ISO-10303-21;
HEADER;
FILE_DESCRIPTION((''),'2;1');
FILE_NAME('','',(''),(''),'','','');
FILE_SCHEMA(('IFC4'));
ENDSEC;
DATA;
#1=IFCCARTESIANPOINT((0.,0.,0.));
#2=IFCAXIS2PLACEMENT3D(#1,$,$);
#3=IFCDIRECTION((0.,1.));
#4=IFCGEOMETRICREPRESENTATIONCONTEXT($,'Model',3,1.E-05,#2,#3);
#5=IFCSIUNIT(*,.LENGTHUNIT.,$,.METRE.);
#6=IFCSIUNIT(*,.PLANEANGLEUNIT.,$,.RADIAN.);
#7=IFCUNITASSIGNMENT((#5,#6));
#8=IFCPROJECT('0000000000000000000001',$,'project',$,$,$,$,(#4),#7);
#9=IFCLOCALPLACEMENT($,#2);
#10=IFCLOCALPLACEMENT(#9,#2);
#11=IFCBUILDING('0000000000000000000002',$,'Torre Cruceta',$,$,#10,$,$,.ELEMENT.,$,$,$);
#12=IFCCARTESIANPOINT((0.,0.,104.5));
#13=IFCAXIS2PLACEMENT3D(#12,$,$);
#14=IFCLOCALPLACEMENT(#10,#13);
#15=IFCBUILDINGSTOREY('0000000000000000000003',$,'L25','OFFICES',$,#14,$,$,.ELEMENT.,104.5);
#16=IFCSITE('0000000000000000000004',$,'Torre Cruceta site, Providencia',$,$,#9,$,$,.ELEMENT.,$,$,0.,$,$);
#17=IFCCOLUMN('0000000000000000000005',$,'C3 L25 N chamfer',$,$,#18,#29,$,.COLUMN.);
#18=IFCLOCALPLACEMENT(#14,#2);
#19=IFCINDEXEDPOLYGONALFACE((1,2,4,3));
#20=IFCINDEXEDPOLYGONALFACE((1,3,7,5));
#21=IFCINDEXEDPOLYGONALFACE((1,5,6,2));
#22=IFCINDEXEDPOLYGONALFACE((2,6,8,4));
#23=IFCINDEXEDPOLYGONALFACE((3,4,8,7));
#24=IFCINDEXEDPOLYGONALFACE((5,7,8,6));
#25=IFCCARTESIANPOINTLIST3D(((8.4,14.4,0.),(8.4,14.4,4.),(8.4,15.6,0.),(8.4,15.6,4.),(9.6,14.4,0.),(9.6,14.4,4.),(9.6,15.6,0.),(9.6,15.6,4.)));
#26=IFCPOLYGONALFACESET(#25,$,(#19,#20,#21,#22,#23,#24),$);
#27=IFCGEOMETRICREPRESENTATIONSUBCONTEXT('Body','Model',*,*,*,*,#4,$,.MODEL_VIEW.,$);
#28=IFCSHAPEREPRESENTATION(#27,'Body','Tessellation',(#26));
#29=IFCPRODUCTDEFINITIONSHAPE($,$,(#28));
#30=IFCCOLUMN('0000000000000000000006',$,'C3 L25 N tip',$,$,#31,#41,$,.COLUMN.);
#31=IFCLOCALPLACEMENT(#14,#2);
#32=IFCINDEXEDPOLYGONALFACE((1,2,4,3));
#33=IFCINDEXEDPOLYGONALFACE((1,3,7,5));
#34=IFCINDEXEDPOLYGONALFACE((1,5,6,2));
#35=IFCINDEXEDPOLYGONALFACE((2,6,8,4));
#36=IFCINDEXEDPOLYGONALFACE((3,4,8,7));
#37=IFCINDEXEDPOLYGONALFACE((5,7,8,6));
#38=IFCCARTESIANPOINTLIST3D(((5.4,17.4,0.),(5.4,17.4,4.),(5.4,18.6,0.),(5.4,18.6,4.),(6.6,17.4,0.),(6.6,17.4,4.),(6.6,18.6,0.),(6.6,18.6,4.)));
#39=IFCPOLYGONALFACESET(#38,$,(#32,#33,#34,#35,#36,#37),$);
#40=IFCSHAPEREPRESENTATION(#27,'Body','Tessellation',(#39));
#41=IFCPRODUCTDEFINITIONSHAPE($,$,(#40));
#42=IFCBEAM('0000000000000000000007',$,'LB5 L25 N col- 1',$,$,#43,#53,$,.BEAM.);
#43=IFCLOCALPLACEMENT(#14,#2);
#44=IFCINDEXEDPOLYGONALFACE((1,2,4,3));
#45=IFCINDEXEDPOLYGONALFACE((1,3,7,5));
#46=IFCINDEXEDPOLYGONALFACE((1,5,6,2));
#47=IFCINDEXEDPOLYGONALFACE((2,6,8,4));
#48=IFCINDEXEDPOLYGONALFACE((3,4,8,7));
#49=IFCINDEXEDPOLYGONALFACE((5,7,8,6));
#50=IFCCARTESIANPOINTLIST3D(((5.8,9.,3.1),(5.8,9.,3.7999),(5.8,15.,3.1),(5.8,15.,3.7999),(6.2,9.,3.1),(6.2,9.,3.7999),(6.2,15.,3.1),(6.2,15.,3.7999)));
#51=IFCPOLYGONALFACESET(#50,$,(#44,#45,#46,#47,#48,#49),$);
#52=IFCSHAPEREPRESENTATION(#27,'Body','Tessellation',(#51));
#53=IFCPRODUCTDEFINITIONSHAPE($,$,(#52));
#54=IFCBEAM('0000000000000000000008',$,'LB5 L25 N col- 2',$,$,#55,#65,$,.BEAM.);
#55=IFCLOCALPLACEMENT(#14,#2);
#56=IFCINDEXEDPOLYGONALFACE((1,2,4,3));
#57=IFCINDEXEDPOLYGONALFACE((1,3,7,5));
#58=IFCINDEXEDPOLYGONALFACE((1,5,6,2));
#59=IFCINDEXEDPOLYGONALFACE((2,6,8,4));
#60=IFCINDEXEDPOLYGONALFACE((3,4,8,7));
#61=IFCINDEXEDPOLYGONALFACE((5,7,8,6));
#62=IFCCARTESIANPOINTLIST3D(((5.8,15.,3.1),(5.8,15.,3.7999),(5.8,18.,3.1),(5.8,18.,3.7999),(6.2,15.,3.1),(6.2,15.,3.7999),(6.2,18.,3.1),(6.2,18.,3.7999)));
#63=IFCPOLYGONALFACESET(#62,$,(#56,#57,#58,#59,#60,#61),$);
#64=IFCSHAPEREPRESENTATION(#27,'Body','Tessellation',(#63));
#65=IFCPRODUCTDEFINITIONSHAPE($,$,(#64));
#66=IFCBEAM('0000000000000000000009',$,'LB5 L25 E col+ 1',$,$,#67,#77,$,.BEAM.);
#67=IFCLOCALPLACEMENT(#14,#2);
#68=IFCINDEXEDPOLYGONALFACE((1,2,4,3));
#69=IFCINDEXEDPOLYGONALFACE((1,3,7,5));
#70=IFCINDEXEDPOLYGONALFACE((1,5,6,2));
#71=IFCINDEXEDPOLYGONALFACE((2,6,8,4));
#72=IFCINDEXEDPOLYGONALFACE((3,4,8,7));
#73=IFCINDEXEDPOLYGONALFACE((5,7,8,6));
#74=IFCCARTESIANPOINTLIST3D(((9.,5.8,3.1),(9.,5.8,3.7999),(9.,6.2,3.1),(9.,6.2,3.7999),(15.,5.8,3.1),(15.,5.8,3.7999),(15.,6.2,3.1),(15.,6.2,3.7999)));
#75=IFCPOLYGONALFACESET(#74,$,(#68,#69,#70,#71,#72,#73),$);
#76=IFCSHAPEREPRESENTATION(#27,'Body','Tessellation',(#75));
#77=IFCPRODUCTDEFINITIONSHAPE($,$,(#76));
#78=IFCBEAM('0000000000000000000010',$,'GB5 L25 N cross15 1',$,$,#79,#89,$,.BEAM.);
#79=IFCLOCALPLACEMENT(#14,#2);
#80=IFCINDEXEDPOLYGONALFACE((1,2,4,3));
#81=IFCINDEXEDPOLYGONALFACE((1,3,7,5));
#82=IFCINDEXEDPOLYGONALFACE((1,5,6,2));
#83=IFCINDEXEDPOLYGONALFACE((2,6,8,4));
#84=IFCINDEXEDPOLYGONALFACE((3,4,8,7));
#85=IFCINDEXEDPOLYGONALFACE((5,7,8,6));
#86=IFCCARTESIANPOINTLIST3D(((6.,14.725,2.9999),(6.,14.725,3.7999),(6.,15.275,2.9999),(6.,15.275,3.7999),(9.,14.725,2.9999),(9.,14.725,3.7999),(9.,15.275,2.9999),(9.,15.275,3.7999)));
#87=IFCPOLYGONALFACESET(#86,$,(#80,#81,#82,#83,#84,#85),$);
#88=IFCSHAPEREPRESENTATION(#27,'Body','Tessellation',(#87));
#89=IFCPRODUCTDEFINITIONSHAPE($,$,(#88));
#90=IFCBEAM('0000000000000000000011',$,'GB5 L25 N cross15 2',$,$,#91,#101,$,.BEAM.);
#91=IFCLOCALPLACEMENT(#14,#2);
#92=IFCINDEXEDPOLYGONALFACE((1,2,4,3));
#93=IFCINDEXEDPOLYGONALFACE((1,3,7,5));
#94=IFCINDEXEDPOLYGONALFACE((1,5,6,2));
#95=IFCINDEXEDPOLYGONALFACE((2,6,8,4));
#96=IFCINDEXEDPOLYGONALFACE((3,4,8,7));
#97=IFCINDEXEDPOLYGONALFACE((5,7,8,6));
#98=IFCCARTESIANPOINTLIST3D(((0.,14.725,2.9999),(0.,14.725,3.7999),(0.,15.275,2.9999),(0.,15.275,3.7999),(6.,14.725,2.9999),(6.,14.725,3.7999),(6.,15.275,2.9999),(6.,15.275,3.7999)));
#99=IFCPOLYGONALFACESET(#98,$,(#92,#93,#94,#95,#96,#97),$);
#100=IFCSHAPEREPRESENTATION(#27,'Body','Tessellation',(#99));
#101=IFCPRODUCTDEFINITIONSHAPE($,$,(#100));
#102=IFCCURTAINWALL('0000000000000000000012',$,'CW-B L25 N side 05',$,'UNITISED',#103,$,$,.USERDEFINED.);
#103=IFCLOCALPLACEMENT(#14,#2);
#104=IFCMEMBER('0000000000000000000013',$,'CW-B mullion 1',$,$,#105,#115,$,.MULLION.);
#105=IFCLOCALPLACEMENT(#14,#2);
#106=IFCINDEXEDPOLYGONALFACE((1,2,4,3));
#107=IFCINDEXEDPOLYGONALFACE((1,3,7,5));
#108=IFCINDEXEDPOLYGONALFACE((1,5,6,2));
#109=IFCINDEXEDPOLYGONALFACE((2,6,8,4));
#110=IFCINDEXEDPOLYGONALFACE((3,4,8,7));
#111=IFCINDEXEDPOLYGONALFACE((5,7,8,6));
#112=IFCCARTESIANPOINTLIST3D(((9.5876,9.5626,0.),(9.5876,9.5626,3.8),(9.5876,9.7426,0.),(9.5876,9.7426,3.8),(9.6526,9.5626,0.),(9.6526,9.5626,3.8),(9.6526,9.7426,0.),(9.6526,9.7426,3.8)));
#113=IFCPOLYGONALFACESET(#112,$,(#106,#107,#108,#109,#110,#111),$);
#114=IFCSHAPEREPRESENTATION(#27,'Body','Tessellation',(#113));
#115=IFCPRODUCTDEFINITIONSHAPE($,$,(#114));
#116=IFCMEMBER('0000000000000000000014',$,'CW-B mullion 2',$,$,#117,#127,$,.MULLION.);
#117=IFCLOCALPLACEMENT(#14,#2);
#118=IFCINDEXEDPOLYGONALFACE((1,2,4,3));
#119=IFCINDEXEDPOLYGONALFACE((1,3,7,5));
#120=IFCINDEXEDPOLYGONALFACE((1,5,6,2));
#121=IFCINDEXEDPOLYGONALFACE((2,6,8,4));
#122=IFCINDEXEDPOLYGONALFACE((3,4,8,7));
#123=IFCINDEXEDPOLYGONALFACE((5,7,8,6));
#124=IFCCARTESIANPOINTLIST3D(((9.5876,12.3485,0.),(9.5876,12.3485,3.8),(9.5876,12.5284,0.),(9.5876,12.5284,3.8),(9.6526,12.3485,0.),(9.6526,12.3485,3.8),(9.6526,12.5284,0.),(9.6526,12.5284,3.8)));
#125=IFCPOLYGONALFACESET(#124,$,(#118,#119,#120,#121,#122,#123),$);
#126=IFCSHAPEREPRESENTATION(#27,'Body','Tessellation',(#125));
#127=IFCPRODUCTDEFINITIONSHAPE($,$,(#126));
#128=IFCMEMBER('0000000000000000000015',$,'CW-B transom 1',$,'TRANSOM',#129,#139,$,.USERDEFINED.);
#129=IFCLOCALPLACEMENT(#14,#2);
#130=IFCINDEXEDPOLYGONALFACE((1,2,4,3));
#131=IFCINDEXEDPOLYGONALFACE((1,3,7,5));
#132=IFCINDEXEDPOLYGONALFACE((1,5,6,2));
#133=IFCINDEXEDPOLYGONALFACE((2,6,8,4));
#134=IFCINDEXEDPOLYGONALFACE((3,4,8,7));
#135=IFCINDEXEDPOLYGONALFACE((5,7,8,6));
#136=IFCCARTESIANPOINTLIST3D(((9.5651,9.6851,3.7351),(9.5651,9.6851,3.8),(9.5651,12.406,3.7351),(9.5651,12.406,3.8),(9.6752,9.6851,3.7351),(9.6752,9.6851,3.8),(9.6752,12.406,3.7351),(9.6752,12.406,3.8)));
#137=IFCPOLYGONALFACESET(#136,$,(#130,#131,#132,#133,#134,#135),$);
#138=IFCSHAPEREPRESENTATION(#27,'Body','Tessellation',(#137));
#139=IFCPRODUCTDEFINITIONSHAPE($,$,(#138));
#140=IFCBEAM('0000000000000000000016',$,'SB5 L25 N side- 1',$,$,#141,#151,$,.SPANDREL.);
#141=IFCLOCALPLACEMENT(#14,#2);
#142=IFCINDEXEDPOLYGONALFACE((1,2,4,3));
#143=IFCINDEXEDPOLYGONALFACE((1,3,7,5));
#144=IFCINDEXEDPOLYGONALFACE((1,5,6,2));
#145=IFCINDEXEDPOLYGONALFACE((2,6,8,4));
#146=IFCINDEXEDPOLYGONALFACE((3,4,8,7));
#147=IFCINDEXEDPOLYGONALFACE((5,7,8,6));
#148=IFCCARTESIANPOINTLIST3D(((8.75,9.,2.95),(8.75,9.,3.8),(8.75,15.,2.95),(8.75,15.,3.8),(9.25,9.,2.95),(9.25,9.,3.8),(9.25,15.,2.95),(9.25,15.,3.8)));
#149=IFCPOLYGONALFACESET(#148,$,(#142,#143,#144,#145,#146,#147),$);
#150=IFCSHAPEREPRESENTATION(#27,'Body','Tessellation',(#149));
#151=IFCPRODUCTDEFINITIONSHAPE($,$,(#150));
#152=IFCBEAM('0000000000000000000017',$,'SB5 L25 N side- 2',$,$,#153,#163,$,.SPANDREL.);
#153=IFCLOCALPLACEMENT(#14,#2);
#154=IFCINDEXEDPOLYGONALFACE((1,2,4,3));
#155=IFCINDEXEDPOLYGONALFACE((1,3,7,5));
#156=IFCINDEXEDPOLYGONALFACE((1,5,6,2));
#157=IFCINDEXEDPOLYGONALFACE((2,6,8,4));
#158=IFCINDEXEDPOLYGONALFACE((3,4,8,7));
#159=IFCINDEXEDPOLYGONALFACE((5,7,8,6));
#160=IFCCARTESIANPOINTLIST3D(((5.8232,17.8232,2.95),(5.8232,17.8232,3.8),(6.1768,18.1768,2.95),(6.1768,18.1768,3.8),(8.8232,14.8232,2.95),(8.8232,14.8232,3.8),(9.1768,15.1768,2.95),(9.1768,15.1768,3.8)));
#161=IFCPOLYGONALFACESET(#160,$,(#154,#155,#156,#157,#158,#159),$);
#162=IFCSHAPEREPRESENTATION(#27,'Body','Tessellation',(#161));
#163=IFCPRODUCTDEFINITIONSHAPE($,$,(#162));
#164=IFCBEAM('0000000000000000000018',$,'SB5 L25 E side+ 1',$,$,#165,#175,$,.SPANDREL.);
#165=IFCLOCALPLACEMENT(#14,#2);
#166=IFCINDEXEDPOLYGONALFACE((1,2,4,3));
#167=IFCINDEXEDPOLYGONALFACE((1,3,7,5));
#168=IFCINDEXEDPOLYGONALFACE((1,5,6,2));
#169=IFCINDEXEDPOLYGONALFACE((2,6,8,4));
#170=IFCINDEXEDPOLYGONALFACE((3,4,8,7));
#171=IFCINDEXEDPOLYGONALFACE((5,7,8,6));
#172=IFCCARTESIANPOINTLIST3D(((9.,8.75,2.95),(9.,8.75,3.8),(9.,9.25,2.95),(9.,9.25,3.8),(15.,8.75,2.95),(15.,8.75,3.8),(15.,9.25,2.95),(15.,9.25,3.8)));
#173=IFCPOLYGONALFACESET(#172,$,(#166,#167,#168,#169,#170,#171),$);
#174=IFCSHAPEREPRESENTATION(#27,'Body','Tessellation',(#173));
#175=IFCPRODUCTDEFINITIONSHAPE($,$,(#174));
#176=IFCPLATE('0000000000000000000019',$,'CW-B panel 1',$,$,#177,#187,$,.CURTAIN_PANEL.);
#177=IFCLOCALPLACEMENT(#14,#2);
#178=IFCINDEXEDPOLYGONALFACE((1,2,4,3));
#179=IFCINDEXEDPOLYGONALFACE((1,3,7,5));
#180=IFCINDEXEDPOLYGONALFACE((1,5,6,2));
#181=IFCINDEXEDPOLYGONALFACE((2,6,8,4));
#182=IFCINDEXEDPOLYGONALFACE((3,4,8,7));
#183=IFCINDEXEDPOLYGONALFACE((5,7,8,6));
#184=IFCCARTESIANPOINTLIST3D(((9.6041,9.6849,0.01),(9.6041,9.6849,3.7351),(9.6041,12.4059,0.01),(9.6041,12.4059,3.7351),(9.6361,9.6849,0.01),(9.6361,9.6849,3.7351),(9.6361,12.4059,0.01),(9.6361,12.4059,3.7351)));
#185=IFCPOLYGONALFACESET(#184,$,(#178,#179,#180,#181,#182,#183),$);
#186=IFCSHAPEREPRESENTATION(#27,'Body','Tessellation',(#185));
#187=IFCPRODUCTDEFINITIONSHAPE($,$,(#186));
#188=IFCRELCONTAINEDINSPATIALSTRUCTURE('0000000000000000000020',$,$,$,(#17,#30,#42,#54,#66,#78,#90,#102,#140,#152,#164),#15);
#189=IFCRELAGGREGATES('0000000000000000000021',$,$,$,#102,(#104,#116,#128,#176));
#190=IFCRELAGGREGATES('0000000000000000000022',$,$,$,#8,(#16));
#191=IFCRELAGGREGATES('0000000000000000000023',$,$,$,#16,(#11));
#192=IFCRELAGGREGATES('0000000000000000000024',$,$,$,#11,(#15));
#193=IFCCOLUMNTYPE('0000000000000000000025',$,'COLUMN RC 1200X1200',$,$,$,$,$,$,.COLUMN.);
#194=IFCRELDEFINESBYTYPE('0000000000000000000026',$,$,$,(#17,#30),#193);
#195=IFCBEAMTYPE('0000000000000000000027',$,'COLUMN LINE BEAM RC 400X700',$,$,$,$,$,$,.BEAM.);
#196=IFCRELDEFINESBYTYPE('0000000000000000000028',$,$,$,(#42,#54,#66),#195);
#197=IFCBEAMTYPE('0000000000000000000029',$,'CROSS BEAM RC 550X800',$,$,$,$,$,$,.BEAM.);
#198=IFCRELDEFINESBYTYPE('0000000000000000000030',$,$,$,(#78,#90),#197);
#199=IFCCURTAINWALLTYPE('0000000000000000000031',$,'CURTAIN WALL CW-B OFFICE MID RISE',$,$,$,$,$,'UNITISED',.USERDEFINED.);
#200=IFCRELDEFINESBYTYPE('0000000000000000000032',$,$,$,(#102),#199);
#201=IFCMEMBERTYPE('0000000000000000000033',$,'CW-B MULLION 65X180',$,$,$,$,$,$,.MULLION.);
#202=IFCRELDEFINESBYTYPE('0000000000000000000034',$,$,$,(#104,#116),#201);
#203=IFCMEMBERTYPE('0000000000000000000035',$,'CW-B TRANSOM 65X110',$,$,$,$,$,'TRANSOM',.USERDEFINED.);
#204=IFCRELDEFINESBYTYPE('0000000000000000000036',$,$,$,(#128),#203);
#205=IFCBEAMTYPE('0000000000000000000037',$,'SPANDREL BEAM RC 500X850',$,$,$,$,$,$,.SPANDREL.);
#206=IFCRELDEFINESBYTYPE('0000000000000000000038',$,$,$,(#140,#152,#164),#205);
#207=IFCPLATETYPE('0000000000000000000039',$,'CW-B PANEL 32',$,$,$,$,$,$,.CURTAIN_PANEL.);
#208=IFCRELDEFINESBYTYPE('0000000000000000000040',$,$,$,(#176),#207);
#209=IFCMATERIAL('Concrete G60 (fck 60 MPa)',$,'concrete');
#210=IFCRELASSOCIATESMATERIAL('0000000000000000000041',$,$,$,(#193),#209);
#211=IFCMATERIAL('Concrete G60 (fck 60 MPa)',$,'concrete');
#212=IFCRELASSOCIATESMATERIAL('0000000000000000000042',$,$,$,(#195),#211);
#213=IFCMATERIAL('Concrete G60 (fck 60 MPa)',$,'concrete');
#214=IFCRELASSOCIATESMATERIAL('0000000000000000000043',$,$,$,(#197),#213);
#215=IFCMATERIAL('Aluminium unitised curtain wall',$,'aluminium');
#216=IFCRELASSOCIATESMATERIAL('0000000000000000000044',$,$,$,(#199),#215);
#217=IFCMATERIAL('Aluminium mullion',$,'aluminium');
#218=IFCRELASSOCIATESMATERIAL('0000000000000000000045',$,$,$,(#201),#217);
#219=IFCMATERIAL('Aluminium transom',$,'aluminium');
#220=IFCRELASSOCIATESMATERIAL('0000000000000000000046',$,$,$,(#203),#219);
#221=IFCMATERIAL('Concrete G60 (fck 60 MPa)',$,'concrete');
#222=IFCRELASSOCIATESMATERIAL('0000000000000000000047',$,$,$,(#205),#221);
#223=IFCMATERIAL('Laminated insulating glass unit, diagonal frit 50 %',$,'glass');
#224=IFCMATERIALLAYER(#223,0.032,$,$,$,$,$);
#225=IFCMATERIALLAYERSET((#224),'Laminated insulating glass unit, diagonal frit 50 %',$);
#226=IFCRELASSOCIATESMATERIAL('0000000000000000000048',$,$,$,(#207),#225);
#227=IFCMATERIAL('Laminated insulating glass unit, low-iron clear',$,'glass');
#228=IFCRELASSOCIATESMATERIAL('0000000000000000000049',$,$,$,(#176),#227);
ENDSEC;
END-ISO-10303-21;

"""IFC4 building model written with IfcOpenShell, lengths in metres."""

from ifc_helpers import new_model, si_unit, direction, frame, origin, origin_2d, place, context, subcontext, project, spatial, rectangle, extrude, material, layer, layer_set, material_profile, profile_set, type_object, element, aggregate, save


model = new_model("IFC4")

# Units and contexts
model_context = context("Model", 3, precision=1e-05, world=origin(), true_north=direction((0.0, 1.0)))
body_context = subcontext(model_context, "Body", "Model", "MODEL_VIEW")
ifc_project = project(units=[si_unit("LENGTHUNIT", "METRE"), si_unit("PLANEANGLEUNIT", "RADIAN")], contexts=[model_context])

# Site, building, storey
site_placement = place(None, origin())
site = spatial("IfcSite", under=ifc_project, at=site_placement, Name="Torre Cruceta site, Providencia", CompositionType="ELEMENT", RefElevation=0.0)
building_placement = place(site_placement, origin())
building = spatial("IfcBuilding", under=site, at=building_placement, Name="Torre Cruceta", CompositionType="ELEMENT")
storey_placement = place(building_placement, frame((0.0, 0.0, 104.5)))
storey = spatial("IfcBuildingStorey", under=building, at=storey_placement, Name="L25", Description="OFFICES", CompositionType="ELEMENT", Elevation=104.5)

# Columns
ifc_material_1 = material(Name="Concrete G60 (fck 60 MPa)", Category="concrete")
ifc_material_profile_1 = material_profile(ifc_material_1, rectangle(XDim=1.2, YDim=1.2, at=origin_2d()), Name="RC 1200X1200")
ifc_profile_set_1 = profile_set([ifc_material_profile_1], Name="Concrete G60 (fck 60 MPa)")
column_type = type_object("IfcColumnType", Name="COLUMN RC 1200X1200", PredefinedType="COLUMN", material=ifc_profile_set_1)
for number, where, z_axis, x_axis, name in (
    (1, (9.0, 15.0, 0.0), (0.0, 0.0, 1.0), (1.0, 0.0, 0.0), "C3 L25 N chamfer"),
    (2, (6.0, 18.0, 0.0), (0.0, 0.0, 1.0), (1.0, 0.0, 0.0), "C3 L25 N tip"),
):
    element("IfcColumn", number, at=place(storey_placement, frame(where, z_axis=z_axis, x_axis=x_axis)), inside=storey, type_object=column_type, Name=name, PredefinedType="COLUMN", context=body_context, shape_type="SweptSolid", body=[
        extrude(rectangle(XDim=1.2, YDim=1.2, at=origin_2d()), origin(), (0.0, 0.0, 1.0), 4.0),
    ])

# Beams
ifc_material_2 = material(Name="Concrete G60 (fck 60 MPa)", Category="concrete")
ifc_material_profile_2 = material_profile(ifc_material_2, rectangle(XDim=0.3999, YDim=0.7, at=origin_2d()), Name="RC 400X700")
ifc_profile_set_2 = profile_set([ifc_material_profile_2], Name="Concrete G60 (fck 60 MPa)")
beam_type_1 = type_object("IfcBeamType", Name="COLUMN LINE BEAM RC 400X700", PredefinedType="BEAM", material=ifc_profile_set_2)
beam_1_placement = place(storey_placement, frame((6.0, 9.0, 3.45), z_axis=(0.0, 1.0, 0.0), x_axis=(-1.0, 0.0, 0.0)))
element("IfcBeam", 3, at=beam_1_placement, inside=storey, type_object=beam_type_1, Name="LB5 L25 N col- 1", PredefinedType="BEAM", context=body_context, shape_type="SweptSolid", body=[
    extrude(rectangle(XDim=0.3999, YDim=0.7, at=origin_2d()), origin(), (0.0, 0.0, 1.0), 6.0),
])
beam_2_placement = place(storey_placement, frame((6.0, 15.0, 3.45), z_axis=(0.0, 1.0, 0.0), x_axis=(-1.0, 0.0, 0.0)))
element("IfcBeam", 4, at=beam_2_placement, inside=storey, type_object=beam_type_1, Name="LB5 L25 N col- 2", PredefinedType="BEAM", context=body_context, shape_type="SweptSolid", body=[
    extrude(rectangle(XDim=0.3999, YDim=0.7, at=origin_2d()), origin(), (0.0, 0.0, 1.0), 3.0),
])
beam_3_placement = place(storey_placement, frame((9.0, 6.0, 3.45), z_axis=(1.0, 0.0, 0.0), x_axis=(0.0, 1.0, 0.0)))
element("IfcBeam", 5, at=beam_3_placement, inside=storey, type_object=beam_type_1, Name="LB5 L25 E col+ 1", PredefinedType="BEAM", context=body_context, shape_type="SweptSolid", body=[
    extrude(rectangle(XDim=0.3999, YDim=0.7, at=origin_2d()), origin(), (0.0, 0.0, 1.0), 6.0),
])
ifc_material_3 = material(Name="Concrete G60 (fck 60 MPa)", Category="concrete")
ifc_material_profile_3 = material_profile(ifc_material_3, rectangle(XDim=0.55, YDim=0.8, at=origin_2d()), Name="RC 550X800")
ifc_profile_set_3 = profile_set([ifc_material_profile_3], Name="Concrete G60 (fck 60 MPa)")
beam_type_2 = type_object("IfcBeamType", Name="CROSS BEAM RC 550X800", PredefinedType="BEAM", material=ifc_profile_set_3)
beam_4_placement = place(storey_placement, frame((9.0, 15.0, 3.3999), z_axis=(-1.0, 0.0, 0.0), x_axis=(0.0, -1.0, 0.0)))
element("IfcBeam", 6, at=beam_4_placement, inside=storey, type_object=beam_type_2, Name="GB5 L25 N cross15 1", PredefinedType="BEAM", context=body_context, shape_type="SweptSolid", body=[
    extrude(rectangle(XDim=0.55, YDim=0.8, at=origin_2d()), origin(), (0.0, 0.0, 1.0), 3.0),
])
beam_5_placement = place(storey_placement, frame((6.0, 15.0, 3.3999), z_axis=(-1.0, 0.0, 0.0), x_axis=(0.0, -1.0, 0.0)))
element("IfcBeam", 7, at=beam_5_placement, inside=storey, type_object=beam_type_2, Name="GB5 L25 N cross15 2", PredefinedType="BEAM", context=body_context, shape_type="SweptSolid", body=[
    extrude(rectangle(XDim=0.55, YDim=0.8, at=origin_2d()), origin(), (0.0, 0.0, 1.0), 6.0),
])

# Curtain wall, members
ifc_material_4 = material(Name="Aluminium unitised curtain wall", Category="aluminium")
curtain_wall_type = type_object("IfcCurtainWallType", Name="CURTAIN WALL CW-B OFFICE MID RISE", ElementType="UNITISED", PredefinedType="USERDEFINED", material=ifc_material_4)
curtain_wall_placement = place(storey_placement, origin())
curtain_wall = element("IfcCurtainWall", 8, at=curtain_wall_placement, inside=storey, type_object=curtain_wall_type, Name="CW-B L25 N side 05", ObjectType="UNITISED", PredefinedType="USERDEFINED")
ifc_material_5 = material(Name="Aluminium mullion", Category="aluminium")
ifc_material_profile_4 = material_profile(ifc_material_5, rectangle(XDim=0.0649, YDim=0.1799, at=origin_2d()), Name="AL 65X180")
ifc_profile_set_4 = profile_set([ifc_material_profile_4], Name="Aluminium mullion")
member_type_1 = type_object("IfcMemberType", Name="CW-B MULLION 65X180", PredefinedType="MULLION", material=ifc_profile_set_4)
member_1_placement = place(storey_placement, frame((9.6201, 9.6526, 0.0), z_axis=(0.0, 0.0, 1.0), x_axis=(-1.0, 0.0, 0.0)))
member_1 = element("IfcMember", 9, at=member_1_placement, type_object=member_type_1, Name="CW-B mullion 1", PredefinedType="MULLION", context=body_context, shape_type="SweptSolid", body=[
    extrude(rectangle(XDim=0.0649, YDim=0.1799, at=origin_2d()), origin(), (0.0, 0.0, 1.0), 3.8),
])
member_2_placement = place(storey_placement, frame((9.6201, 12.4385, 0.0), z_axis=(0.0, 0.0, 1.0), x_axis=(-1.0, 0.0, 0.0)))
member_2 = element("IfcMember", 10, at=member_2_placement, type_object=member_type_1, Name="CW-B mullion 2", PredefinedType="MULLION", context=body_context, shape_type="SweptSolid", body=[
    extrude(rectangle(XDim=0.0649, YDim=0.1799, at=origin_2d()), origin(), (0.0, 0.0, 1.0), 3.8),
])
ifc_material_6 = material(Name="Aluminium transom", Category="aluminium")
ifc_material_profile_5 = material_profile(ifc_material_6, rectangle(XDim=0.1101, YDim=0.0649, at=origin_2d()), Name="AL 110X65")
ifc_profile_set_5 = profile_set([ifc_material_profile_5], Name="Aluminium transom")
member_type_2 = type_object("IfcMemberType", Name="CW-B TRANSOM 65X110", ElementType="TRANSOM", PredefinedType="USERDEFINED", material=ifc_profile_set_5)
member_3_placement = place(storey_placement, frame((9.6201, 9.6851, 3.7676), z_axis=(0.0, 1.0, 0.0), x_axis=(-1.0, 0.0, 0.0)))
member_3 = element("IfcMember", 11, at=member_3_placement, type_object=member_type_2, Name="CW-B transom 1", ObjectType="TRANSOM", PredefinedType="USERDEFINED", context=body_context, shape_type="SweptSolid", body=[
    extrude(rectangle(XDim=0.1101, YDim=0.0649, at=origin_2d()), origin(), (0.0, 0.0, 1.0), 2.7209),
])

# Beams
ifc_material_7 = material(Name="Concrete G60 (fck 60 MPa)", Category="concrete")
ifc_material_profile_6 = material_profile(ifc_material_7, rectangle(XDim=0.5, YDim=0.8501, at=origin_2d()), Name="RC 500X850")
ifc_profile_set_6 = profile_set([ifc_material_profile_6], Name="Concrete G60 (fck 60 MPa)")
beam_type_3 = type_object("IfcBeamType", Name="SPANDREL BEAM RC 500X850", PredefinedType="SPANDREL", material=ifc_profile_set_6)
beam_6_placement = place(storey_placement, frame((9.0, 9.0, 3.375), z_axis=(0.0, 1.0, 0.0), x_axis=(-1.0, 0.0, 0.0)))
element("IfcBeam", 12, at=beam_6_placement, inside=storey, type_object=beam_type_3, Name="SB5 L25 N side- 1", PredefinedType="SPANDREL", context=body_context, shape_type="SweptSolid", body=[
    extrude(rectangle(XDim=0.5, YDim=0.8501, at=origin_2d()), origin(), (0.0, 0.0, 1.0), 6.0),
])
beam_7_placement = place(storey_placement, frame((9.0, 15.0, 3.375), z_axis=(-0.707107, 0.707107, 0.0), x_axis=(-0.707107, -0.707107, 0.0)))
element("IfcBeam", 13, at=beam_7_placement, inside=storey, type_object=beam_type_3, Name="SB5 L25 N side- 2", PredefinedType="SPANDREL", context=body_context, shape_type="SweptSolid", body=[
    extrude(rectangle(XDim=0.5, YDim=0.8501, at=origin_2d()), origin(), (0.0, 0.0, 1.0), 4.2427),
])
beam_8_placement = place(storey_placement, frame((9.0, 9.0, 3.375), z_axis=(1.0, 0.0, 0.0), x_axis=(0.0, 1.0, 0.0)))
element("IfcBeam", 14, at=beam_8_placement, inside=storey, type_object=beam_type_3, Name="SB5 L25 E side+ 1", PredefinedType="SPANDREL", context=body_context, shape_type="SweptSolid", body=[
    extrude(rectangle(XDim=0.5, YDim=0.8501, at=origin_2d()), origin(), (0.0, 0.0, 1.0), 6.0),
])

# Plate
ifc_material_8 = material(Name="Laminated insulating glass unit, low-iron clear", Category="glass")
ifc_material_9 = material(Name="Laminated insulating glass unit, diagonal frit 50 %", Category="glass")
ifc_layer_1 = layer(ifc_material_9, 0.032)
ifc_layer_set_1 = layer_set([ifc_layer_1], Name="Laminated insulating glass unit, diagonal frit 50 %")
plate_type = type_object("IfcPlateType", Name="CW-B PANEL 32", PredefinedType="CURTAIN_PANEL", material=ifc_layer_set_1)
plate_placement = place(storey_placement, frame((9.6201, 11.0454, 0.01), z_axis=(0.0, 0.0, 1.0), x_axis=(0.0, 1.0, 0.0)))
plate = element("IfcPlate", 15, at=plate_placement, type_object=plate_type, material=ifc_material_8, Name="CW-B panel 1", PredefinedType="CURTAIN_PANEL", context=body_context, shape_type="SweptSolid", body=[
    extrude(rectangle(XDim=2.7209, YDim=0.032, at=origin_2d()), origin(), (0.0, 0.0, 1.0), 3.7251),
])
aggregate(curtain_wall, [member_1, member_2, member_3, plate])

save(model, "model.ifc")
